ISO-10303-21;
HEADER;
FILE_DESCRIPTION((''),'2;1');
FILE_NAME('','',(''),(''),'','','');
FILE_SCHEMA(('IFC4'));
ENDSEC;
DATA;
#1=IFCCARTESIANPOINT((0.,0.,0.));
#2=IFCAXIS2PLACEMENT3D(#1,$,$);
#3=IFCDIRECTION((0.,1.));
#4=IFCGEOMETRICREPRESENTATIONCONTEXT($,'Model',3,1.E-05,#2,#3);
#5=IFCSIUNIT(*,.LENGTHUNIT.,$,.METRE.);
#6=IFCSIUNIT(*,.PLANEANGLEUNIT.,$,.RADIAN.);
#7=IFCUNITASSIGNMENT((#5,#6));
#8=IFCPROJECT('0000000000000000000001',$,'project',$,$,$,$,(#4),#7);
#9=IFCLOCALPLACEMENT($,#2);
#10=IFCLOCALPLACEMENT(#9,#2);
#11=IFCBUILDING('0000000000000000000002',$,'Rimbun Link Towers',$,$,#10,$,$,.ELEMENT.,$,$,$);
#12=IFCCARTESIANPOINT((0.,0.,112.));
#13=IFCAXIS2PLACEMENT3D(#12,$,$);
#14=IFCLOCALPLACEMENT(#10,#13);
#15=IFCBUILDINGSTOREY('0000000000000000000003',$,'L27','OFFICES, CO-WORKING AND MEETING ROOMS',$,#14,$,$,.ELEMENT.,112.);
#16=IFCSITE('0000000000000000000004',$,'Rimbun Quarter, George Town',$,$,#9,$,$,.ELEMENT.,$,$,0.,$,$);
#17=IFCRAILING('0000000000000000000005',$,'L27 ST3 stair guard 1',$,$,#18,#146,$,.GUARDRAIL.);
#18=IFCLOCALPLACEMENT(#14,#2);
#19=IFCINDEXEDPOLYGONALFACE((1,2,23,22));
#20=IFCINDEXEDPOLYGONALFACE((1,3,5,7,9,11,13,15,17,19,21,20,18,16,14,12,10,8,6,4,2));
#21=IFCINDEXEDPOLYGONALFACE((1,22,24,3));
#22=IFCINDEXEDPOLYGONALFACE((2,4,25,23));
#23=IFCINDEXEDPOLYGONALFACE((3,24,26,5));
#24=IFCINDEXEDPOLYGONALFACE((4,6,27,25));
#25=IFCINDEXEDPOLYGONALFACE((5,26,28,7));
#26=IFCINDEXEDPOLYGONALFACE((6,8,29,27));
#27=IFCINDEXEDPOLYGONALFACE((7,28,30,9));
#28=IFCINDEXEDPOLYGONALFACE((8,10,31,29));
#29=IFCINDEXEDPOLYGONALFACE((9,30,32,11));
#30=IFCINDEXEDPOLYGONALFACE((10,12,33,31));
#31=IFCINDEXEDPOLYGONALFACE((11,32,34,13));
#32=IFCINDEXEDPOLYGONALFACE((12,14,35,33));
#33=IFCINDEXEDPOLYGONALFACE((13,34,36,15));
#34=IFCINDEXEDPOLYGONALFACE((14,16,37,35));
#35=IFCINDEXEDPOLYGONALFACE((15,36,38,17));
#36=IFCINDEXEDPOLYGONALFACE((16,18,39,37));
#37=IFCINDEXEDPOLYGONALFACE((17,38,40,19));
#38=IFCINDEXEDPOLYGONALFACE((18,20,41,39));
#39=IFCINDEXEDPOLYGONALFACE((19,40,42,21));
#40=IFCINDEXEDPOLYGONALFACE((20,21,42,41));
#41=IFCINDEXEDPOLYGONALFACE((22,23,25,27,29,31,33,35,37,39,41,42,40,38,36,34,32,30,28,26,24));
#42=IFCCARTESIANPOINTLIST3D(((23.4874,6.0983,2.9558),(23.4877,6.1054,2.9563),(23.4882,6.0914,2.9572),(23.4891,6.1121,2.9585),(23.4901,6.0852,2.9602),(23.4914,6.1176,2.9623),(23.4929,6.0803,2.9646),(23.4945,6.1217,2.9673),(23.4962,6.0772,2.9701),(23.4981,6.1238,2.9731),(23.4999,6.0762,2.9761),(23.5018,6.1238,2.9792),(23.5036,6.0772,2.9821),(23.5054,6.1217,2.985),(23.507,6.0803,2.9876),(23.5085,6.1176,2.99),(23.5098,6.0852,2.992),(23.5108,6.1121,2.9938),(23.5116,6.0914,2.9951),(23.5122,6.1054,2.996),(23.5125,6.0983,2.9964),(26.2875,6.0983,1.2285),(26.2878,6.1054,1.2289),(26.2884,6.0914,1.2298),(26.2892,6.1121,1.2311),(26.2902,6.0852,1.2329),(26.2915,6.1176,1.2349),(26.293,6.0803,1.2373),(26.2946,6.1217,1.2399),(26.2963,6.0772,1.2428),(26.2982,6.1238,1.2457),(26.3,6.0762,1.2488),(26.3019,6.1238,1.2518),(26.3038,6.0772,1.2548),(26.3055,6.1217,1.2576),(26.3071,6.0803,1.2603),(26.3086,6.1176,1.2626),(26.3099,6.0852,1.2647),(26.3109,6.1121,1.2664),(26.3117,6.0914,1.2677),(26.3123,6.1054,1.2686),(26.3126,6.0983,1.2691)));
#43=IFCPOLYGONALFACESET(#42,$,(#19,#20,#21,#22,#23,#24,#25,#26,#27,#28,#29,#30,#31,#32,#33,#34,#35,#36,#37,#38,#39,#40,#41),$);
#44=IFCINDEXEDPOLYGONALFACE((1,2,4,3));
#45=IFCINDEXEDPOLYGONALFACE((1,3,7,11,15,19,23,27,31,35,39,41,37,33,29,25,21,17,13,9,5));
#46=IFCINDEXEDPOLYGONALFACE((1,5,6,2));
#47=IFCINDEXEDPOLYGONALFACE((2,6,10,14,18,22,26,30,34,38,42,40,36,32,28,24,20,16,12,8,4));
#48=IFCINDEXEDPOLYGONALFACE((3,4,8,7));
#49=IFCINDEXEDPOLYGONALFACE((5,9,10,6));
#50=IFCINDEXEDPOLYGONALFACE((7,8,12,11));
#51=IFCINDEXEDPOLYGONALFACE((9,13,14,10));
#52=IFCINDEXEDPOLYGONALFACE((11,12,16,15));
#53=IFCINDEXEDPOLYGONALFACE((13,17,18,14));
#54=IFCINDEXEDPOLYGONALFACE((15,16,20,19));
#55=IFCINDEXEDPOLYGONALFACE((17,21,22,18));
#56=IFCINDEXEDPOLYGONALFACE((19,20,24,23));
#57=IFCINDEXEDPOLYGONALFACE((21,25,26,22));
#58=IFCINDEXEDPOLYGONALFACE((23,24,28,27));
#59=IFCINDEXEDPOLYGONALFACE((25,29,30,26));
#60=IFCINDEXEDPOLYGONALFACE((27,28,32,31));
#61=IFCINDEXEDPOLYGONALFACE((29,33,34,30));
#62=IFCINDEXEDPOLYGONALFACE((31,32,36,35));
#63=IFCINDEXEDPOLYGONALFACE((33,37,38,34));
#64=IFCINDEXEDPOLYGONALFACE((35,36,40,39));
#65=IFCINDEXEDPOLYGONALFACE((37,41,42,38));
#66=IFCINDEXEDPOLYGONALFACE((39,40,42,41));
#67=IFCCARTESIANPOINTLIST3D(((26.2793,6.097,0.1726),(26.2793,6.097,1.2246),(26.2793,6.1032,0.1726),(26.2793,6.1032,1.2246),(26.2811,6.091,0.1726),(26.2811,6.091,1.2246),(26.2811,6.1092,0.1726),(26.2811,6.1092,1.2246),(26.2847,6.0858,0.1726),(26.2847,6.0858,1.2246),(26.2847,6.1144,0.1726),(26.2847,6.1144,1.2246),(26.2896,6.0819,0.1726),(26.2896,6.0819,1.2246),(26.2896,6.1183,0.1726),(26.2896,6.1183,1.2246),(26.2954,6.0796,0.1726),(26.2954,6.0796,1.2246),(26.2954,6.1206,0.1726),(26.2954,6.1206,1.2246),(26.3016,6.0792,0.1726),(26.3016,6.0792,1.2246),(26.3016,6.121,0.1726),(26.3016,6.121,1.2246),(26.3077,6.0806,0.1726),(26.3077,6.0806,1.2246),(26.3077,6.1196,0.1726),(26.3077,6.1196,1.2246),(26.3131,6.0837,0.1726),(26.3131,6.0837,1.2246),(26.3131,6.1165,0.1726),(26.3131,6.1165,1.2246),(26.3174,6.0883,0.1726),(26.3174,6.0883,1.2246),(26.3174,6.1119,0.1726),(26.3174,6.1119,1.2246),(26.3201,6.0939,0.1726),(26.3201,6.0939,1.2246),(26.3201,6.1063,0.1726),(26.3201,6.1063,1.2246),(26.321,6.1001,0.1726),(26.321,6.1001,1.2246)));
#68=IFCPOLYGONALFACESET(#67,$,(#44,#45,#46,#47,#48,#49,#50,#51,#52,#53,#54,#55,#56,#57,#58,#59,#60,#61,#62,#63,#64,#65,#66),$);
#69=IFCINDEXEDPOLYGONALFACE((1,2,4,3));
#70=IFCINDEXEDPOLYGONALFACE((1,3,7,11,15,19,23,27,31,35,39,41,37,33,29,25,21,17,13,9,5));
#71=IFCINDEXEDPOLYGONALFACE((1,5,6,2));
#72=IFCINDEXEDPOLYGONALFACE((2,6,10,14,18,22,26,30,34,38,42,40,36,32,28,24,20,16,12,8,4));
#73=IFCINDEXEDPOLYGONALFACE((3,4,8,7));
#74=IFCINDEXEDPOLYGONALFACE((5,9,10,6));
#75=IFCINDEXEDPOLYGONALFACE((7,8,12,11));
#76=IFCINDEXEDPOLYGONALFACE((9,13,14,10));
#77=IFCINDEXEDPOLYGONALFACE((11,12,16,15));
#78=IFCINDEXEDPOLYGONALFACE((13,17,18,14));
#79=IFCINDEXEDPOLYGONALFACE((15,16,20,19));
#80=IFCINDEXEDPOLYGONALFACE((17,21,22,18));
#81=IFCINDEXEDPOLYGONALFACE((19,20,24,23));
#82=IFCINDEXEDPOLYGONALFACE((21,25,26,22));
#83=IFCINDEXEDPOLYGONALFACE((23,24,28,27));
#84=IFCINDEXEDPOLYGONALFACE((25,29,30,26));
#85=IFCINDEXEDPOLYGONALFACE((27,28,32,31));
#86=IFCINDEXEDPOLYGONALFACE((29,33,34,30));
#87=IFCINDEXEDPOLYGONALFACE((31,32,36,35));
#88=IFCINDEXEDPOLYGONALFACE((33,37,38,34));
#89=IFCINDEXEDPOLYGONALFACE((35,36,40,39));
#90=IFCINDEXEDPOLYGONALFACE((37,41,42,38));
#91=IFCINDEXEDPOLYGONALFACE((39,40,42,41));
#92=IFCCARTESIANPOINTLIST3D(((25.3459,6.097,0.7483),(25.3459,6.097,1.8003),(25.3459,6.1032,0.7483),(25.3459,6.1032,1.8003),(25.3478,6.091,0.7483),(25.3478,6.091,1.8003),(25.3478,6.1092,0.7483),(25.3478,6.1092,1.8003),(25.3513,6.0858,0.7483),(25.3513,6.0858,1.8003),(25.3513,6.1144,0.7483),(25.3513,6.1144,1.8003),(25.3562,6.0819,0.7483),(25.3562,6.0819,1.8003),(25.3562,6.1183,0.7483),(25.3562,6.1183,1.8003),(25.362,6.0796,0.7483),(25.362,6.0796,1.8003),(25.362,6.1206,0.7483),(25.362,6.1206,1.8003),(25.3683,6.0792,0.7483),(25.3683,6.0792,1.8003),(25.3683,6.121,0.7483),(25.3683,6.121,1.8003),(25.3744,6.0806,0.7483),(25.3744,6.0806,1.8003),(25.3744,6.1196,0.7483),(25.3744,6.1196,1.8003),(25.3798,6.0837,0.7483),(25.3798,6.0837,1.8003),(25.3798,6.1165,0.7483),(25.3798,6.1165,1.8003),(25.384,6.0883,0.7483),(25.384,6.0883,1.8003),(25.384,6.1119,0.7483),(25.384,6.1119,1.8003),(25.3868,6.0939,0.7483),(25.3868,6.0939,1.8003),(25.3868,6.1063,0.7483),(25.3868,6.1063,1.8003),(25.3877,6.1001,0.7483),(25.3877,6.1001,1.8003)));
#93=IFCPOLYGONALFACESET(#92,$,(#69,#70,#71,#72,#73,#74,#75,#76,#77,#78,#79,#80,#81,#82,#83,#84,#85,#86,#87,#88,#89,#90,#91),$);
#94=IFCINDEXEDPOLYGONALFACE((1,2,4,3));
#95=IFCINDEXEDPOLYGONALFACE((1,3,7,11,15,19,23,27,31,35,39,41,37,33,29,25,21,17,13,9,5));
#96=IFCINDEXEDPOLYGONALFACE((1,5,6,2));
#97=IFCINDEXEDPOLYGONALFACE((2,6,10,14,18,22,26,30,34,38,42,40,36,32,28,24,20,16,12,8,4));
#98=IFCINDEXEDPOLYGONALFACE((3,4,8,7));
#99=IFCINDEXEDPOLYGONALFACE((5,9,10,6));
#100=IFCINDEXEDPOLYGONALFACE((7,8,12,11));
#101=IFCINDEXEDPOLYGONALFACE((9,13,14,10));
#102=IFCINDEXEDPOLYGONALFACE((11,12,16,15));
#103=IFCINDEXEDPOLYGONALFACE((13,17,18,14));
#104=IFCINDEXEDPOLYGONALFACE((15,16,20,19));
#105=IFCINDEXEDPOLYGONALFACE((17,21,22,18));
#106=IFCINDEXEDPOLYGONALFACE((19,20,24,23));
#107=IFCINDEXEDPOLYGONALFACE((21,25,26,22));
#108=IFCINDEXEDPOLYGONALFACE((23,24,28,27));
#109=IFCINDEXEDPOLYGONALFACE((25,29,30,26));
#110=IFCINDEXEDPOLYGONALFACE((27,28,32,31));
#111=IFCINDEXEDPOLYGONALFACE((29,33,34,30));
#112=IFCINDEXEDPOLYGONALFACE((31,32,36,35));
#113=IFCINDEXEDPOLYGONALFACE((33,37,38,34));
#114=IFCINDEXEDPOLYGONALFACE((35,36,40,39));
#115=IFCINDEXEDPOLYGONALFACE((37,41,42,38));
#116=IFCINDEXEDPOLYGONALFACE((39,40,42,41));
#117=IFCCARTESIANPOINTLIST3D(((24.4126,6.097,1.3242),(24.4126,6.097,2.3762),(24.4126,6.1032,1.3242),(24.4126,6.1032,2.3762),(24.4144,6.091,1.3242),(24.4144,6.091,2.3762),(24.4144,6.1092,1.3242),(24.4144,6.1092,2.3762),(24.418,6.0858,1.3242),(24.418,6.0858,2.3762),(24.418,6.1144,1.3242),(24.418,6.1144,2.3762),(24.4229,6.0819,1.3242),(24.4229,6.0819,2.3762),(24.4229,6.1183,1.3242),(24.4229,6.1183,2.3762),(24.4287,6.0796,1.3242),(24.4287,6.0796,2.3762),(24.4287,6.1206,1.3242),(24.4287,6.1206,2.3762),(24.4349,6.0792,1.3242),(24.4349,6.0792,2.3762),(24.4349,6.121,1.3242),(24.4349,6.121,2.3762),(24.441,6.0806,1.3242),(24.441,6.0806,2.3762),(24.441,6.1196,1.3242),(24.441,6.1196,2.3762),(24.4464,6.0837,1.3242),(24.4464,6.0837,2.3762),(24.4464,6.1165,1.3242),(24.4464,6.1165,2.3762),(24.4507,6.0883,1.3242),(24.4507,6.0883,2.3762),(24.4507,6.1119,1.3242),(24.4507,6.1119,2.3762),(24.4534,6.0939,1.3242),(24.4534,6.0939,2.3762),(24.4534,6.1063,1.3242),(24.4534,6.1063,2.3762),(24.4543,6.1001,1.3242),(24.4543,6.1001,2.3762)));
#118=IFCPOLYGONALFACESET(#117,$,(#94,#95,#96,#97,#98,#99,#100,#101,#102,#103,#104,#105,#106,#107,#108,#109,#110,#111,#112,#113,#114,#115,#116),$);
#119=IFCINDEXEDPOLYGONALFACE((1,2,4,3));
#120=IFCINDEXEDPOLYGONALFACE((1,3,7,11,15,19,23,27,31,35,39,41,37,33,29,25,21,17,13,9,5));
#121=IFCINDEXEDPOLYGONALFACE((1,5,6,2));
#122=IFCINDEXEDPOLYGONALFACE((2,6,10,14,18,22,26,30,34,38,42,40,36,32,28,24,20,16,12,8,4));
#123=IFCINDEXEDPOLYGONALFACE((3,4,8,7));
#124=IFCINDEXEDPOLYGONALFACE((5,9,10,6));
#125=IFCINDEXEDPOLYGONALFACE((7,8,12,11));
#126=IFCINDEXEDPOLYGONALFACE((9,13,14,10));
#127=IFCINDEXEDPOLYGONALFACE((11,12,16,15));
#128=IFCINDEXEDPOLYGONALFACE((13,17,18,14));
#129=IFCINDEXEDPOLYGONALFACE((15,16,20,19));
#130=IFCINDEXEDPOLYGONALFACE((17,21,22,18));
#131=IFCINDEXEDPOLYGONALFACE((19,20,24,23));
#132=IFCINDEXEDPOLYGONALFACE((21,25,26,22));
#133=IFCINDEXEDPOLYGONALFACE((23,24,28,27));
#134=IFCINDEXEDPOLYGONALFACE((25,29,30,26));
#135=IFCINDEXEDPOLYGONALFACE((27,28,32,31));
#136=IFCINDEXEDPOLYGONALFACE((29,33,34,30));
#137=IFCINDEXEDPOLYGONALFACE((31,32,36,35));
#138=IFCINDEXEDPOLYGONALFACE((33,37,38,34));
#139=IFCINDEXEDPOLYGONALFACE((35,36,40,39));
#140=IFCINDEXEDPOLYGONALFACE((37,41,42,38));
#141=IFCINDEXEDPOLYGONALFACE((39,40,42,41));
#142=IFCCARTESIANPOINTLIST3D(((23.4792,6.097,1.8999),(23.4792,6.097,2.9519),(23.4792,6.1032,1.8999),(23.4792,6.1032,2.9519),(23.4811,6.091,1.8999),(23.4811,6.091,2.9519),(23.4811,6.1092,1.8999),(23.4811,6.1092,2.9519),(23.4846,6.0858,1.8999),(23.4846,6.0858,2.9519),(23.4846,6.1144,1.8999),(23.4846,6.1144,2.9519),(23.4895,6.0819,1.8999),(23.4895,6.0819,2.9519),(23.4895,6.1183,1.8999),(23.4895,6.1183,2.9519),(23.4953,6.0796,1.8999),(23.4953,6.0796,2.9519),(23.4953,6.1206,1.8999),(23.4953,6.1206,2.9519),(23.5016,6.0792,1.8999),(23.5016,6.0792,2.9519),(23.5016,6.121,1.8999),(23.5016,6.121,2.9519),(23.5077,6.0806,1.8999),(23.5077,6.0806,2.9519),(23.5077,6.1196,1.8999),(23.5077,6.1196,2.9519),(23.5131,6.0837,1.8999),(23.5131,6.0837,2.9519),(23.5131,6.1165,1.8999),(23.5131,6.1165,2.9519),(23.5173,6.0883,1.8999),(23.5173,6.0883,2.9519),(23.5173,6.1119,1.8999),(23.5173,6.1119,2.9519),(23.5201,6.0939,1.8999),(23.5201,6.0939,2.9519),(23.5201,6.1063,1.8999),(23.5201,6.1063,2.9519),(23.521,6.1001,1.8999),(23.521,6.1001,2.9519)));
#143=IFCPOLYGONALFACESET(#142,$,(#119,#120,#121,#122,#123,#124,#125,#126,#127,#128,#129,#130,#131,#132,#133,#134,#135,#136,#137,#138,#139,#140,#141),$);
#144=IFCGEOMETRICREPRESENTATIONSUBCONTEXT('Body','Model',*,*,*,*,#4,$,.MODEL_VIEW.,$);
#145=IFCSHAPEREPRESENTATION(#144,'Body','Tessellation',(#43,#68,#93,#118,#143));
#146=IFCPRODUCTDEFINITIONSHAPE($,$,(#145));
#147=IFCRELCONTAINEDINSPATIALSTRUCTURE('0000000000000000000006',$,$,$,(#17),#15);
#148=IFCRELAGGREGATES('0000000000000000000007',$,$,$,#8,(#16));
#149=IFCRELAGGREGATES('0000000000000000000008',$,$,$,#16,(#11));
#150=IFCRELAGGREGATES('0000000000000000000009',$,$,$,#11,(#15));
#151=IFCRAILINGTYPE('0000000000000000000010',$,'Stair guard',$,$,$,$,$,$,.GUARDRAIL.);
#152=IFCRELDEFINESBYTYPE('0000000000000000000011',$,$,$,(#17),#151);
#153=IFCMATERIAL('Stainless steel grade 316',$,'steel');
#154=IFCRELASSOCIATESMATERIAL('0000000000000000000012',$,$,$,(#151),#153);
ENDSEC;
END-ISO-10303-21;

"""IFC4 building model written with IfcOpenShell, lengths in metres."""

from ifc_helpers import new_model, si_unit, direction, frame, origin, origin_2d, place, context, subcontext, project, spatial, circle, extrude, material, type_object, element, save


model = new_model("IFC4")

# Units and contexts
model_context = context("Model", 3, precision=1e-05, world=origin(), true_north=direction((0.0, 1.0)))
body_context = subcontext(model_context, "Body", "Model", "MODEL_VIEW")
ifc_project = project(units=[si_unit("LENGTHUNIT", "METRE"), si_unit("PLANEANGLEUNIT", "RADIAN")], contexts=[model_context])

# Site, building, storey
site_placement = place(None, origin())
site = spatial("IfcSite", under=ifc_project, at=site_placement, Name="Rimbun Quarter, George Town", CompositionType="ELEMENT", RefElevation=0.0)
building_placement = place(site_placement, origin())
building = spatial("IfcBuilding", under=site, at=building_placement, Name="Rimbun Link Towers", CompositionType="ELEMENT")
storey_placement = place(building_placement, frame((0.0, 0.0, 112.0)))
storey = spatial("IfcBuildingStorey", under=building, at=storey_placement, Name="L27", Description="OFFICES, CO-WORKING AND MEETING ROOMS", CompositionType="ELEMENT", Elevation=112.0)

# Railing
ifc_material_1 = material(Name="Stainless steel grade 316", Category="steel")
railing_type_1 = type_object("IfcRailingType", Name="Stair guard", PredefinedType="GUARDRAIL", material=ifc_material_1)
railing_1_placement = place(storey_placement, frame((26.3, 6.1001, 0.1726)))
element("IfcRailing", 1, at=railing_1_placement, inside=storey, type_object=railing_type_1, Name="L27 ST3 stair guard 1", PredefinedType="GUARDRAIL", context=body_context, shape_type="SweptSolid", body=[
    extrude(circle(Radius=0.0239, at=origin_2d()), frame((0.0, 0.0, 1.0762), z_axis=(-0.85109, 0.0, 0.52502), x_axis=(0.0, -1.0, 0.0)), (0.0, 0.0, 1.0), 3.29),
    extrude(circle(Radius=0.021, at=origin_2d()), origin(), (0.0, 0.0, 1.0), 1.052),
    extrude(circle(Radius=0.021, at=origin_2d()), frame((-0.9333, 0.0, 0.5757)), (0.0, 0.0, 1.0), 1.052),
    extrude(circle(Radius=0.021, at=origin_2d()), frame((-1.8667, 0.0, 1.1516)), (0.0, 0.0, 1.0), 1.052),
    extrude(circle(Radius=0.021, at=origin_2d()), frame((-2.8, 0.0, 1.7273)), (0.0, 0.0, 1.0), 1.052),
])

save(model, "model.ifc")
